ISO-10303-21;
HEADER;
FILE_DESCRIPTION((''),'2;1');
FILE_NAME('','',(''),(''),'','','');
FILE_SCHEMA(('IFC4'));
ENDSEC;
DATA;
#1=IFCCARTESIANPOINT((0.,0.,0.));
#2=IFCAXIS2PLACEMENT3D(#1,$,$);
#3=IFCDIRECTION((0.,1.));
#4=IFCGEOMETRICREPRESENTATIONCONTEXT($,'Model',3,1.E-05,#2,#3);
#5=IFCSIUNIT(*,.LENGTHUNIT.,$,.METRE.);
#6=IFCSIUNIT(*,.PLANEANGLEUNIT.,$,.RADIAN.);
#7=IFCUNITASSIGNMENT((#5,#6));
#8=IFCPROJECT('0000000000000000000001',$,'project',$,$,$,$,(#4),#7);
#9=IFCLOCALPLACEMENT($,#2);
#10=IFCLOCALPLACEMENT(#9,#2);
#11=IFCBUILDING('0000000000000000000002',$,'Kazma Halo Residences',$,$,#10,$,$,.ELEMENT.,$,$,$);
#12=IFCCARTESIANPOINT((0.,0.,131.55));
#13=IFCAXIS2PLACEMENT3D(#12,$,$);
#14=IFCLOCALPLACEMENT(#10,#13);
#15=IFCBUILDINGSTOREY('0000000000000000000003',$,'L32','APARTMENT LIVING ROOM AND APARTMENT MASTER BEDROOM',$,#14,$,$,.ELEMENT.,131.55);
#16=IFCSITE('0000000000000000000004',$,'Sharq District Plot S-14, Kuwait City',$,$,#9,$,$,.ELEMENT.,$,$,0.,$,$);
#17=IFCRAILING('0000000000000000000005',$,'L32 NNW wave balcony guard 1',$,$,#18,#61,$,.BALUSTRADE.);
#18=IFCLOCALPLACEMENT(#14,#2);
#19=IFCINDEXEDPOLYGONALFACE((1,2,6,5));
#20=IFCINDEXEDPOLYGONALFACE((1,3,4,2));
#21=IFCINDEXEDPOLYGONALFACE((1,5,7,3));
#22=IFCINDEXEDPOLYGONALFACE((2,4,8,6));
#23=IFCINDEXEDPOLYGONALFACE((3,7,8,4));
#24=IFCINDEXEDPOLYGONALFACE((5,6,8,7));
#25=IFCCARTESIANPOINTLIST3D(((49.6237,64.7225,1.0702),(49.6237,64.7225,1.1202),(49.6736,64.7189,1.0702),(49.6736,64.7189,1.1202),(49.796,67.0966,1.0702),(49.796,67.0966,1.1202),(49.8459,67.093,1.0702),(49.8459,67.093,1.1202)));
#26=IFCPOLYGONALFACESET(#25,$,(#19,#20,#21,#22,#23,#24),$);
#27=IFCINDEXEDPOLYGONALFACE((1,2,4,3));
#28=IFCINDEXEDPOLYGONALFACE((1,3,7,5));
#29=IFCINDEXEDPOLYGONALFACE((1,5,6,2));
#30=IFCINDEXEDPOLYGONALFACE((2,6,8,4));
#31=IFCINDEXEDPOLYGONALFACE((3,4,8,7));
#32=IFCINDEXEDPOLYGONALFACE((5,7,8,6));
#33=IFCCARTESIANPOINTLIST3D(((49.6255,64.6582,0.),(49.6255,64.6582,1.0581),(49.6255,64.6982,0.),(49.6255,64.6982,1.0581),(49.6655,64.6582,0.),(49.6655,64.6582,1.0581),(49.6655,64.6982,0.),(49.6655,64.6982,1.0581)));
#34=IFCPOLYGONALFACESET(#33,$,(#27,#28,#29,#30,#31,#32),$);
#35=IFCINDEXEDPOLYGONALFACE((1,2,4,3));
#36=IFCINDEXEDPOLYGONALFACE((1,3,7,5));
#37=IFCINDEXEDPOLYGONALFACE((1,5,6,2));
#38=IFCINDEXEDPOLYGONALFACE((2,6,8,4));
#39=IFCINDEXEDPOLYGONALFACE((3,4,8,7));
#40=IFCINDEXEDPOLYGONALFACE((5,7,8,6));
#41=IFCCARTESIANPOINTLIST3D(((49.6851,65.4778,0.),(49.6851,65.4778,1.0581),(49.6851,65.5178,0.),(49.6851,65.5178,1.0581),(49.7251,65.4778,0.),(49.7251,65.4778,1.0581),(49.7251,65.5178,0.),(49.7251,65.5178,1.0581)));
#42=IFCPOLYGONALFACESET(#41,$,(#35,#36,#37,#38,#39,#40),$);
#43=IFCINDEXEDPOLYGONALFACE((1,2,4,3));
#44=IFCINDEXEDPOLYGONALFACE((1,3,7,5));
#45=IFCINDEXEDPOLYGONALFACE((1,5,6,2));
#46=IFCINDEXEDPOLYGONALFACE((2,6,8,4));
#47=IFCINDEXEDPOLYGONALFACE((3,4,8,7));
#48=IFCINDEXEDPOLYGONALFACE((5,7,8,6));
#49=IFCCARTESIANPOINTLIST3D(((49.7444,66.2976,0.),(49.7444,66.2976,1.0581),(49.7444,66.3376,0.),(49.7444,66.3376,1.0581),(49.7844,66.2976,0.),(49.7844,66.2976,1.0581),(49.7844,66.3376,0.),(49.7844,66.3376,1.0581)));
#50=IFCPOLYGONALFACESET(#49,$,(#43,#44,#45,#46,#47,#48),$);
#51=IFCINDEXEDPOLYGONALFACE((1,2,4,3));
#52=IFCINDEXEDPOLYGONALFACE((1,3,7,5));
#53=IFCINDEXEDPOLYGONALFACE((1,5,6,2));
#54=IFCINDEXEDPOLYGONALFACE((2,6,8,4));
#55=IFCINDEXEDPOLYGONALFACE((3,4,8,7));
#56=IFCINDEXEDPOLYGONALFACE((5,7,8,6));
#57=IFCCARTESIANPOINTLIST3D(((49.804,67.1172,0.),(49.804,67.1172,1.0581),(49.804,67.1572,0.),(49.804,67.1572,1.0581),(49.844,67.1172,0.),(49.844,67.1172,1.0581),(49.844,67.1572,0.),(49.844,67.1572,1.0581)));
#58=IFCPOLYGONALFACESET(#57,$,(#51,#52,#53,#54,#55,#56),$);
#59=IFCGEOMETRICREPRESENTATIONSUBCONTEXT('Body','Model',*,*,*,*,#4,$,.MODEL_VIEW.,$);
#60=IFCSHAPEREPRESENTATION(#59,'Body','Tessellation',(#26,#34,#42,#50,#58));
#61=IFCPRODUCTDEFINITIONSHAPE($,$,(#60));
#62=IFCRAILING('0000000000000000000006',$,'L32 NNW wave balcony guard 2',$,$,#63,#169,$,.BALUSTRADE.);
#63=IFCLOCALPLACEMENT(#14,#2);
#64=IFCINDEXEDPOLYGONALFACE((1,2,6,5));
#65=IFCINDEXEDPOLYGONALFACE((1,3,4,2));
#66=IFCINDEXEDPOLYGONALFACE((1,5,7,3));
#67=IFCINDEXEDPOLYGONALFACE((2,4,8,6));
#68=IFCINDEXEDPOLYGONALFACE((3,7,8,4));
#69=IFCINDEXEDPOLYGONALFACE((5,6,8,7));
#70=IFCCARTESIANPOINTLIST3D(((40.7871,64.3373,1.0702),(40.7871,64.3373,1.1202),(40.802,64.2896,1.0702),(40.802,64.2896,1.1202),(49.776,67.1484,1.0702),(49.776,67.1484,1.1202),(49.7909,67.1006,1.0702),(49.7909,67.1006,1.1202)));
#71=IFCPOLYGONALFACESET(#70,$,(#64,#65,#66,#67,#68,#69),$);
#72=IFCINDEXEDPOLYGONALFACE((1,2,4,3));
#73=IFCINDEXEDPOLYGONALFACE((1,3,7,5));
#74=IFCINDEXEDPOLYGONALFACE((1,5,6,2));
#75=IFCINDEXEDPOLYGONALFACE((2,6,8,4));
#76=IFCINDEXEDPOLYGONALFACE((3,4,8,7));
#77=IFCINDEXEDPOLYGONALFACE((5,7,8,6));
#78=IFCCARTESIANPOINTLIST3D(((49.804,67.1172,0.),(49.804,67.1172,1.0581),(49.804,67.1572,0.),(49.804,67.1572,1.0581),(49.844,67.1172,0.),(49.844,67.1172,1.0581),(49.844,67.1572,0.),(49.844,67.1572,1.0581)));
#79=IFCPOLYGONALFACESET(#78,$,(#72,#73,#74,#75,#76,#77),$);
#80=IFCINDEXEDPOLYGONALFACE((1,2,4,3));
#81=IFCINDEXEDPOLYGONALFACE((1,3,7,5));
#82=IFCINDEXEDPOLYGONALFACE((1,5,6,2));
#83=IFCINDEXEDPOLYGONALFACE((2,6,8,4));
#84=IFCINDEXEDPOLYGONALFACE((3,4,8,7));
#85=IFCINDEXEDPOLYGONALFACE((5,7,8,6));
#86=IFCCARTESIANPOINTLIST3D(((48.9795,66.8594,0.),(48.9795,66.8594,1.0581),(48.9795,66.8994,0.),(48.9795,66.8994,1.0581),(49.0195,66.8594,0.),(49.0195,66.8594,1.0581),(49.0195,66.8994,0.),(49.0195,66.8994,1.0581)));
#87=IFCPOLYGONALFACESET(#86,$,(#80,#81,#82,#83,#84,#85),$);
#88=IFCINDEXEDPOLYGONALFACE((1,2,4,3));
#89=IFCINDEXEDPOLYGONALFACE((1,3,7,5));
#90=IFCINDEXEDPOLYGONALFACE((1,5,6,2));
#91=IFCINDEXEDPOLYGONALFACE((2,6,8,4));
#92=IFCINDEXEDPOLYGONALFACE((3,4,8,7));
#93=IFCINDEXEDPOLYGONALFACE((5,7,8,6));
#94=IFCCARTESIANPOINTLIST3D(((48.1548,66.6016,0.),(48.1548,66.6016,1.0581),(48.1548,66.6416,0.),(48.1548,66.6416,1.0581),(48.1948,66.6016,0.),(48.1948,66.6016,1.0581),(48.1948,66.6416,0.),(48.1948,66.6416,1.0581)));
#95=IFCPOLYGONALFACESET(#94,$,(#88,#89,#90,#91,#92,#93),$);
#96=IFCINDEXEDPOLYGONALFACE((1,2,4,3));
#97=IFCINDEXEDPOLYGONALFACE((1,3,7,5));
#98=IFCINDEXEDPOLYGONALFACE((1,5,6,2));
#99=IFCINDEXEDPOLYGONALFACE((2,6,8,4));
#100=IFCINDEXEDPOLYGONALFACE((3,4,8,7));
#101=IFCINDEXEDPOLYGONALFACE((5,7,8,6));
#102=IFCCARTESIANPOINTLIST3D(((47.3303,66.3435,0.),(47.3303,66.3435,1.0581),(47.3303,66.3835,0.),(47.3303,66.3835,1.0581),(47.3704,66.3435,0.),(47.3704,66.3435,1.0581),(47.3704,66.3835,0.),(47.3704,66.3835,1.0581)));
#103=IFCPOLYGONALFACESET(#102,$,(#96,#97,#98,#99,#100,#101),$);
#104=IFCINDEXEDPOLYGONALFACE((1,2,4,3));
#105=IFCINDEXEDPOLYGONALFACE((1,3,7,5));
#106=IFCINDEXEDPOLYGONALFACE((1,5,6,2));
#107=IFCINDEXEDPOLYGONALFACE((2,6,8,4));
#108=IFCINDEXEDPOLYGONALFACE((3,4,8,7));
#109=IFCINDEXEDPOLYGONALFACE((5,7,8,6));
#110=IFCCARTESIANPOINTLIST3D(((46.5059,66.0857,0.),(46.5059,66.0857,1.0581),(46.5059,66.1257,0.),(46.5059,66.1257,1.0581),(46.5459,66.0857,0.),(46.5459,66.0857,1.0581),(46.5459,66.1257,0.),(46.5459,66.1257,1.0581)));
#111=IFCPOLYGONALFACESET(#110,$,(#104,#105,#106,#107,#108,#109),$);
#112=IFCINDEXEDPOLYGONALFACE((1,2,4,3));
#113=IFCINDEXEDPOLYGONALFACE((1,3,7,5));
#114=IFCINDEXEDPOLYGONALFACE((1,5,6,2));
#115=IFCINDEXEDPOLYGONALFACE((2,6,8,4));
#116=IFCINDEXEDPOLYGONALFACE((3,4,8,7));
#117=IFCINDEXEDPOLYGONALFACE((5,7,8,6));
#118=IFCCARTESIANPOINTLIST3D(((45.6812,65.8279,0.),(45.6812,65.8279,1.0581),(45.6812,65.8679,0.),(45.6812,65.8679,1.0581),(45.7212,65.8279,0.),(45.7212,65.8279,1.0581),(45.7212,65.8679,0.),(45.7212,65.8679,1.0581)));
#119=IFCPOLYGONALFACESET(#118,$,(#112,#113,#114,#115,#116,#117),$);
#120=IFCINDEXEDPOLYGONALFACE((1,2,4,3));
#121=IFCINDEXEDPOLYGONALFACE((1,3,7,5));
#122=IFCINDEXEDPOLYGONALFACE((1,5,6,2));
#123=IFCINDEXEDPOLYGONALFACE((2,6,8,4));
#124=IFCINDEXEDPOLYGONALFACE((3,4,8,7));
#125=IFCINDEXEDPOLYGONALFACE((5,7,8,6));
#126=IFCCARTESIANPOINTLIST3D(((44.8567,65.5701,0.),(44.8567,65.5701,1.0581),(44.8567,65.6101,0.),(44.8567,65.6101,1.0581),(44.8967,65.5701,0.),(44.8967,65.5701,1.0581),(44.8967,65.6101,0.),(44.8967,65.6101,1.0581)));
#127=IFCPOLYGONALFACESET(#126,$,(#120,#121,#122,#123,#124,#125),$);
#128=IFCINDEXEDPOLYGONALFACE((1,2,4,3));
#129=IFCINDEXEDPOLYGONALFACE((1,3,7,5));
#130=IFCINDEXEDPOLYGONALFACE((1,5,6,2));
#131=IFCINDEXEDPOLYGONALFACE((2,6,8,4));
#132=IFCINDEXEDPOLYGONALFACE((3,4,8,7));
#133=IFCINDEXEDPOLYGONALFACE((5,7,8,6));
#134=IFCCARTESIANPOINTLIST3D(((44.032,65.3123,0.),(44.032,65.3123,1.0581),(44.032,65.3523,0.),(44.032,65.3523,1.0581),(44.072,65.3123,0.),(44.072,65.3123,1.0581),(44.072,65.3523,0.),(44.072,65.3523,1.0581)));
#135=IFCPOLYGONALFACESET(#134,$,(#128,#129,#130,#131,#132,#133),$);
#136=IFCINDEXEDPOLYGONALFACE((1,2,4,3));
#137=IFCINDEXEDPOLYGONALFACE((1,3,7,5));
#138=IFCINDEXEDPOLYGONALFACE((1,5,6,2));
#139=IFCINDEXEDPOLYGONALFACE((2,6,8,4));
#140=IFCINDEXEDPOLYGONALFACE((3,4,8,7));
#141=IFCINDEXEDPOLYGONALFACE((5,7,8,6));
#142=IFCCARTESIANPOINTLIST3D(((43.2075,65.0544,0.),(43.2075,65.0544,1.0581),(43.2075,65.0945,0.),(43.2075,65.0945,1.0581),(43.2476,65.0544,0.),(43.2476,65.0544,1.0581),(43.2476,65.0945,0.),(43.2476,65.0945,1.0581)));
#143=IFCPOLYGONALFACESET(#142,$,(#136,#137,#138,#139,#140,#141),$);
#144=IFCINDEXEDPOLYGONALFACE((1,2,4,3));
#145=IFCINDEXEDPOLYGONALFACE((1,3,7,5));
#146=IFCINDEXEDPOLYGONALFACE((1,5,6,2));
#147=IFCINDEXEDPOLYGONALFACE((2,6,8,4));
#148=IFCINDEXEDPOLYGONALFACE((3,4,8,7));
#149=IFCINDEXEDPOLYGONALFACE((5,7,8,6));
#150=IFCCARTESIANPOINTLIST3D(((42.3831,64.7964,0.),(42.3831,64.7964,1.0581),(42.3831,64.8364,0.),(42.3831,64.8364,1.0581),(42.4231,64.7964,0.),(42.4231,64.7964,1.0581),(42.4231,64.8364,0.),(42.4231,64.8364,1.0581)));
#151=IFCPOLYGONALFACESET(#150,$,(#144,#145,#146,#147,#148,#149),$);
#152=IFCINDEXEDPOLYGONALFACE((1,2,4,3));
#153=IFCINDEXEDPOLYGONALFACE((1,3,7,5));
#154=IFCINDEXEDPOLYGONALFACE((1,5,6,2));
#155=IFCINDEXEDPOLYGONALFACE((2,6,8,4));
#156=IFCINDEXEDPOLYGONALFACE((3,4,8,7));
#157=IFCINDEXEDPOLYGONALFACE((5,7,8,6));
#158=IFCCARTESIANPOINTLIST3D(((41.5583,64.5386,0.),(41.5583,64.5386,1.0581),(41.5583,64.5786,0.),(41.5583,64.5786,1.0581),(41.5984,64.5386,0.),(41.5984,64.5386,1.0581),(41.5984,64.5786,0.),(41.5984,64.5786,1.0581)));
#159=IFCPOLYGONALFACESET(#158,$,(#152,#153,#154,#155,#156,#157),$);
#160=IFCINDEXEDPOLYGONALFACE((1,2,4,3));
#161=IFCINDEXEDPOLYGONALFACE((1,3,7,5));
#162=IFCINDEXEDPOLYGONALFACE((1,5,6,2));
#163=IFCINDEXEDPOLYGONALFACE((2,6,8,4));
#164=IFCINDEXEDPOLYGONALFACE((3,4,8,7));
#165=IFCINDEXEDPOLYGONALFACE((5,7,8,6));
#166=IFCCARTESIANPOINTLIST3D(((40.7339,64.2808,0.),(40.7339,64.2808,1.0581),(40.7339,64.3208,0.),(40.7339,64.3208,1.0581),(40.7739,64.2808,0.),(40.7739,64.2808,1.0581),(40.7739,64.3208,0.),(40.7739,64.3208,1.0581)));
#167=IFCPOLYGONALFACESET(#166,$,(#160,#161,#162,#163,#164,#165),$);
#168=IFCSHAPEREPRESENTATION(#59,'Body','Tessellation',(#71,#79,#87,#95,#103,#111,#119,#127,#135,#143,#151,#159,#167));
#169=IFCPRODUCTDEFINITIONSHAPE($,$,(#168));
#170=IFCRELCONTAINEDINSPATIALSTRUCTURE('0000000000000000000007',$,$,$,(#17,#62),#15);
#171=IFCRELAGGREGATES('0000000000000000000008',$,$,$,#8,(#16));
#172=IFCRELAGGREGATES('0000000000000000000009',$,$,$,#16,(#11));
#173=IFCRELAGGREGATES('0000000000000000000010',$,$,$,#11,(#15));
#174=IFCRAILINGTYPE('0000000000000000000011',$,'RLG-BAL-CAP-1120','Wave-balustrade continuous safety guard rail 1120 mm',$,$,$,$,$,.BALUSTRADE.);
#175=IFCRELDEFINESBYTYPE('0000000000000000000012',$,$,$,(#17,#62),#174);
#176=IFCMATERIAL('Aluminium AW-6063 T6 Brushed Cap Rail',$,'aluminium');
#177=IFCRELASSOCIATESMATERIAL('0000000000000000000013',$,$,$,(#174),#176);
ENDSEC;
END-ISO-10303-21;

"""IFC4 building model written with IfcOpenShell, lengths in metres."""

from ifc_helpers import new_model, si_unit, direction, frame, origin, origin_2d, place, context, subcontext, project, spatial, rectangle, extrude, material, type_object, element, save


model = new_model("IFC4")

# Units and contexts
model_context = context("Model", 3, precision=1e-05, world=origin(), true_north=direction((0.0, 1.0)))
body_context = subcontext(model_context, "Body", "Model", "MODEL_VIEW")
ifc_project = project(units=[si_unit("LENGTHUNIT", "METRE"), si_unit("PLANEANGLEUNIT", "RADIAN")], contexts=[model_context])

# Site, building, storey
site_placement = place(None, origin())
site = spatial("IfcSite", under=ifc_project, at=site_placement, Name="Sharq District Plot S-14, Kuwait City", CompositionType="ELEMENT", RefElevation=0.0)
building_placement = place(site_placement, origin())
building = spatial("IfcBuilding", under=site, at=building_placement, Name="Kazma Halo Residences", CompositionType="ELEMENT")
storey_placement = place(building_placement, frame((0.0, 0.0, 131.55)))
storey = spatial("IfcBuildingStorey", under=building, at=storey_placement, Name="L32", Description="APARTMENT LIVING ROOM AND APARTMENT MASTER BEDROOM", CompositionType="ELEMENT", Elevation=131.55)

# Railings
ifc_material_1 = material(Name="Aluminium AW-6063 T6 Brushed Cap Rail", Category="aluminium")
railing_type = type_object("IfcRailingType", Name="RLG-BAL-CAP-1120", Description="Wave-balustrade continuous safety guard rail 1120 mm", PredefinedType="BALUSTRADE", material=ifc_material_1)
railing_1_placement = place(storey_placement, frame((49.6455, 64.6782, 0.0)))
element("IfcRailing", 1, at=railing_1_placement, inside=storey, type_object=railing_type, Name="L32 NNW wave balcony guard 1", PredefinedType="BALUSTRADE", context=body_context, shape_type="SweptSolid", body=[
    extrude(rectangle(XDim=0.05, YDim=0.05, at=origin_2d()), frame((0.0032, 0.0425, 1.0952), z_axis=(0.072387, 0.997377, 0.0), x_axis=(-0.997377, 0.072387, 0.0)), (0.0, 0.0, 1.0), 2.3804),
    extrude(rectangle(XDim=0.04, YDim=0.04, at=origin_2d()), origin(), (0.0, 0.0, 1.0), 1.0581),
    extrude(rectangle(XDim=0.04, YDim=0.04, at=origin_2d()), frame((0.0596, 0.8196, 0.0)), (0.0, 0.0, 1.0), 1.0581),
    extrude(rectangle(XDim=0.04, YDim=0.04, at=origin_2d()), frame((0.1189, 1.6394, 0.0)), (0.0, 0.0, 1.0), 1.0581),
    extrude(rectangle(XDim=0.04, YDim=0.04, at=origin_2d()), frame((0.1785, 2.459, 0.0)), (0.0, 0.0, 1.0), 1.0581),
])
railing_2_placement = place(storey_placement, frame((49.824, 67.1372, 0.0)))
element("IfcRailing", 2, at=railing_2_placement, inside=storey, type_object=railing_type, Name="L32 NNW wave balcony guard 2", PredefinedType="BALUSTRADE", context=body_context, shape_type="SweptSolid", body=[
    extrude(rectangle(XDim=0.05, YDim=0.05, at=origin_2d()), frame((-0.0405, -0.0127, 1.0952), z_axis=(-0.954419, -0.29847, 0.0), x_axis=(0.29847, -0.954419, 0.0)), (0.0, 0.0, 1.0), 9.4182),
    extrude(rectangle(XDim=0.04, YDim=0.04, at=origin_2d()), origin(), (0.0, 0.0, 1.0), 1.0581),
    extrude(rectangle(XDim=0.04, YDim=0.04, at=origin_2d()), frame((-0.8245, -0.2578, 0.0)), (0.0, 0.0, 1.0), 1.0581),
    extrude(rectangle(XDim=0.04, YDim=0.04, at=origin_2d()), frame((-1.6492, -0.5156, 0.0)), (0.0, 0.0, 1.0), 1.0581),
    extrude(rectangle(XDim=0.04, YDim=0.04, at=origin_2d()), frame((-2.4736, -0.7737, 0.0)), (0.0, 0.0, 1.0), 1.0581),
    extrude(rectangle(XDim=0.04, YDim=0.04, at=origin_2d()), frame((-3.2981, -1.0315, 0.0)), (0.0, 0.0, 1.0), 1.0581),
    extrude(rectangle(XDim=0.04, YDim=0.04, at=origin_2d()), frame((-4.1228, -1.2893, 0.0)), (0.0, 0.0, 1.0), 1.0581),
    extrude(rectangle(XDim=0.04, YDim=0.04, at=origin_2d()), frame((-4.9473, -1.5471, 0.0)), (0.0, 0.0, 1.0), 1.0581),
    extrude(rectangle(XDim=0.04, YDim=0.04, at=origin_2d()), frame((-5.772, -1.8049, 0.0)), (0.0, 0.0, 1.0), 1.0581),
    extrude(rectangle(XDim=0.04, YDim=0.04, at=origin_2d()), frame((-6.5964, -2.0627, 0.0)), (0.0, 0.0, 1.0), 1.0581),
    extrude(rectangle(XDim=0.04, YDim=0.04, at=origin_2d()), frame((-7.4209, -2.3208, 0.0)), (0.0, 0.0, 1.0), 1.0581),
    extrude(rectangle(XDim=0.04, YDim=0.04, at=origin_2d()), frame((-8.2456, -2.5786, 0.0)), (0.0, 0.0, 1.0), 1.0581),
    extrude(rectangle(XDim=0.04, YDim=0.04, at=origin_2d()), frame((-9.0701, -2.8364, 0.0)), (0.0, 0.0, 1.0), 1.0581),
])

save(model, "model.ifc")
